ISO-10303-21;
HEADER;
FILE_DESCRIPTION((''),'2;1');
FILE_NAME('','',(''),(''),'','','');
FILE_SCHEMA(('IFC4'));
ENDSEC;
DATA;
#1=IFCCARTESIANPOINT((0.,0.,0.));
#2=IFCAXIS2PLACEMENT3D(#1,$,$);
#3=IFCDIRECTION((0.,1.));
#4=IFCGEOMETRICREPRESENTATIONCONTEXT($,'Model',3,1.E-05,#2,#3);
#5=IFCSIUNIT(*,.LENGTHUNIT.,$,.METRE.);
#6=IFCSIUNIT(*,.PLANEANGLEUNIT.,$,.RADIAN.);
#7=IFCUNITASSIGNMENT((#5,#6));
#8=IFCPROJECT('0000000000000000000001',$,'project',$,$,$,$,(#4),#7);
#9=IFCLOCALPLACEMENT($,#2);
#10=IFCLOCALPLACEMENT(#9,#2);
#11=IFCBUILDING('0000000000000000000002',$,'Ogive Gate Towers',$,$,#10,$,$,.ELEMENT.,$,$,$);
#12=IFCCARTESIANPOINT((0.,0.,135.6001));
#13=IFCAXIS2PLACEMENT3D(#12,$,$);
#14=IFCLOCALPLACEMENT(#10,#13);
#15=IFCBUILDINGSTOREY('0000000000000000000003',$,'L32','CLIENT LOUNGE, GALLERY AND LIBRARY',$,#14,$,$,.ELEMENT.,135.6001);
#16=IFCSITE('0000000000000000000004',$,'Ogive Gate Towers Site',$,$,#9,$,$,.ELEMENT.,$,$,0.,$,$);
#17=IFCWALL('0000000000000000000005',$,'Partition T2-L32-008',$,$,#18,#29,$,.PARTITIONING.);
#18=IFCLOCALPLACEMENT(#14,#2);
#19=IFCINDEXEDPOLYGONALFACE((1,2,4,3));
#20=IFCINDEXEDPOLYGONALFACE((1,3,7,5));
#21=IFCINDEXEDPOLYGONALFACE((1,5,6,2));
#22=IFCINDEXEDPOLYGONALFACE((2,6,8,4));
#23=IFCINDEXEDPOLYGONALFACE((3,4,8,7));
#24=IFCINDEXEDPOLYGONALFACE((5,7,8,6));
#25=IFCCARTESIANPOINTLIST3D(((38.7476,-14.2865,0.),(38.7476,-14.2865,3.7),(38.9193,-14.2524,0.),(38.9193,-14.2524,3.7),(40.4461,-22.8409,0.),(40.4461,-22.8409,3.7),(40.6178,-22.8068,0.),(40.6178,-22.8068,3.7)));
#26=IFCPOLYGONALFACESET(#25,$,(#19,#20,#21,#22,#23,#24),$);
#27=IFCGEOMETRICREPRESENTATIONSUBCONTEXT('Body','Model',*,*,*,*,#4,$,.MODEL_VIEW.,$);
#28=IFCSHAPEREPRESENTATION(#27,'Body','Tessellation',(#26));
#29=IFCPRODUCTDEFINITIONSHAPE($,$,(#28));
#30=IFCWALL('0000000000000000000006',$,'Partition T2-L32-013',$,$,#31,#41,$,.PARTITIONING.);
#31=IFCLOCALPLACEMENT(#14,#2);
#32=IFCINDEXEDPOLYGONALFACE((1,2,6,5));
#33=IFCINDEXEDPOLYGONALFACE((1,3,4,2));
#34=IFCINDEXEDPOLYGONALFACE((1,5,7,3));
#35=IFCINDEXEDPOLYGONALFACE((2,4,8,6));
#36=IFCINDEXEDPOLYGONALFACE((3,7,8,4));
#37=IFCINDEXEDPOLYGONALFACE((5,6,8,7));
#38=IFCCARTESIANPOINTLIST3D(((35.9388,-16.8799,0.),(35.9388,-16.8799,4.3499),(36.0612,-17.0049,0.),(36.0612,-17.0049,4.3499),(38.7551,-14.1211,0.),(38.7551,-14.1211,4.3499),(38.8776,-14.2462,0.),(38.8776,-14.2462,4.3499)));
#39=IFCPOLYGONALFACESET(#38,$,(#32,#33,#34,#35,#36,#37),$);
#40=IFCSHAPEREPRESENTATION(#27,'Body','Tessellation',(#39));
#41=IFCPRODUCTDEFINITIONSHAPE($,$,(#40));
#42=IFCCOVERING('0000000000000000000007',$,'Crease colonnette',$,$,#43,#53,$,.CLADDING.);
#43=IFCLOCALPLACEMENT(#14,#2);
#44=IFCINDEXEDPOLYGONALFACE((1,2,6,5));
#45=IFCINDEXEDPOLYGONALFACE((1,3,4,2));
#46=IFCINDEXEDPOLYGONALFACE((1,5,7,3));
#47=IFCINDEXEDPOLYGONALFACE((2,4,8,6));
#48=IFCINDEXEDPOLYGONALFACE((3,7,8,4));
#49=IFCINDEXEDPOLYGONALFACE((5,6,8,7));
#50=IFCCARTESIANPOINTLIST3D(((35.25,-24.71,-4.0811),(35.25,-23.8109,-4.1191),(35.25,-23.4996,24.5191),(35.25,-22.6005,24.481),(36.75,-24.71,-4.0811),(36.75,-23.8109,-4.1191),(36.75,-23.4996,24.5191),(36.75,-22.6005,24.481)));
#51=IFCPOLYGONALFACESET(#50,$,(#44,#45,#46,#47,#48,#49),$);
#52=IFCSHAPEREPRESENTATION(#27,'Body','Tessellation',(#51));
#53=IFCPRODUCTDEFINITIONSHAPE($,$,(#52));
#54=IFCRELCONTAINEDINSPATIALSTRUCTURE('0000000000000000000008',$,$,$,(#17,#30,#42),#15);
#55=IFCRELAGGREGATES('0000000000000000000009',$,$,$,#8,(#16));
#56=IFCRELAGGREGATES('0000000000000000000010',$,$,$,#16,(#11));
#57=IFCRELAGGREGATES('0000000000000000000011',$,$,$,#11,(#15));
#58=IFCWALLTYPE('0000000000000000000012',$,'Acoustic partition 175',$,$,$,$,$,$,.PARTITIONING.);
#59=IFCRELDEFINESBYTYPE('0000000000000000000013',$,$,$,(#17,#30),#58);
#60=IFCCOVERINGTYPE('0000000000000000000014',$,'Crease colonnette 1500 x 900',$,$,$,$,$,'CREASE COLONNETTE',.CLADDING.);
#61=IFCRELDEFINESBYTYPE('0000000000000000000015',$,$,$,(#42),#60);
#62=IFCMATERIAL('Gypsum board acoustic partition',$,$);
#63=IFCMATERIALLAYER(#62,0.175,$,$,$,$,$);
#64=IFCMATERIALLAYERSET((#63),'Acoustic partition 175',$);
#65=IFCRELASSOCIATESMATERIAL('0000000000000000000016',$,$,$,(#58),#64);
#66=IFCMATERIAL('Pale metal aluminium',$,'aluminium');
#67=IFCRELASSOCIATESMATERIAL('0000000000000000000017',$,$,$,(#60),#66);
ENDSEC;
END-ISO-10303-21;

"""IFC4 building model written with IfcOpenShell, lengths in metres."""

from ifc_helpers import new_model, si_unit, direction, frame, frame_2d, origin, origin_2d, place, context, subcontext, project, spatial, rectangle, extrude, material, layer, layer_set, material_profile, profile_set, type_object, element, save


model = new_model("IFC4")

# Units and contexts
model_context = context("Model", 3, precision=1e-05, world=origin(), true_north=direction((0.0, 1.0)))
body_context = subcontext(model_context, "Body", "Model", "MODEL_VIEW")
ifc_project = project(units=[si_unit("LENGTHUNIT", "METRE"), si_unit("PLANEANGLEUNIT", "RADIAN")], contexts=[model_context])

# Site, building, storey
site_placement = place(None, origin())
site = spatial("IfcSite", under=ifc_project, at=site_placement, Name="Ogive Gate Towers Site", CompositionType="ELEMENT", RefElevation=0.0)
building_placement = place(site_placement, origin())
building = spatial("IfcBuilding", under=site, at=building_placement, Name="Ogive Gate Towers", CompositionType="ELEMENT")
storey_placement = place(building_placement, frame((0.0, 0.0, 135.6001)))
storey = spatial("IfcBuildingStorey", under=building, at=storey_placement, Name="L32", Description="CLIENT LOUNGE, GALLERY AND LIBRARY", CompositionType="ELEMENT", Elevation=135.6001)

# Shared definitions
ifc_material_1 = material(Name="Pale metal aluminium", Category="aluminium")

# Walls
ifc_material_2 = material(Name="Gypsum board acoustic partition")
ifc_layer_1 = layer(ifc_material_2, 0.175)
ifc_layer_set_1 = layer_set([ifc_layer_1], Name="Acoustic partition 175")
wall_type = type_object("IfcWallType", Name="Acoustic partition 175", PredefinedType="PARTITIONING", material=ifc_layer_set_1)
wall_1_placement = place(storey_placement, frame((40.532, -22.824, 0.0), z_axis=(0.0, 0.0, 1.0), x_axis=(-0.194749, 0.980853, 0.0)))
element("IfcWall", 1, at=wall_1_placement, inside=storey, type_object=wall_type, Name="Partition T2-L32-008", PredefinedType="PARTITIONING", context=body_context, shape_type="SweptSolid", body=[
    extrude(rectangle(XDim=8.7214, YDim=0.175, at=frame_2d((4.3608, 0.0))), origin(), (0.0, 0.0, 1.0), 3.7),
])
wall_2_placement = place(storey_placement, frame((36.0, -16.9424, 0.0), z_axis=(0.0, 0.0, 1.0), x_axis=(0.714376, 0.699762, 0.0)))
element("IfcWall", 2, at=wall_2_placement, inside=storey, type_object=wall_type, Name="Partition T2-L32-013", PredefinedType="PARTITIONING", context=body_context, shape_type="SweptSolid", body=[
    extrude(rectangle(XDim=3.9424, YDim=0.175, at=frame_2d((1.9712, 0.0))), origin(), (0.0, 0.0, 1.0), 4.3499),
])

# Covering
ifc_material_profile_1 = material_profile(ifc_material_1, rectangle(XDim=1.5, YDim=0.8999, at=origin_2d()), Name="1500 x 900 pale metal aluminium")
ifc_profile_set_1 = profile_set([ifc_material_profile_1], Name="Pale metal aluminium")
covering_type = type_object("IfcCoveringType", Name="Crease colonnette 1500 x 900", ElementType="CREASE COLONNETTE", PredefinedType="CLADDING", material=ifc_profile_set_1)
covering_placement = place(storey_placement, frame((36.0, -24.2605, -4.1001), z_axis=(0.0, 0.042285, 0.999106), x_axis=(-1.0, 0.0, 0.0)))
element("IfcCovering", 3, at=covering_placement, inside=storey, type_object=covering_type, Name="Crease colonnette", PredefinedType="CLADDING", context=body_context, shape_type="SweptSolid", body=[
    extrude(rectangle(XDim=1.5, YDim=0.8999, at=origin_2d()), origin(), (0.0, 0.0, 1.0), 28.6257),
])

save(model, "model.ifc")
